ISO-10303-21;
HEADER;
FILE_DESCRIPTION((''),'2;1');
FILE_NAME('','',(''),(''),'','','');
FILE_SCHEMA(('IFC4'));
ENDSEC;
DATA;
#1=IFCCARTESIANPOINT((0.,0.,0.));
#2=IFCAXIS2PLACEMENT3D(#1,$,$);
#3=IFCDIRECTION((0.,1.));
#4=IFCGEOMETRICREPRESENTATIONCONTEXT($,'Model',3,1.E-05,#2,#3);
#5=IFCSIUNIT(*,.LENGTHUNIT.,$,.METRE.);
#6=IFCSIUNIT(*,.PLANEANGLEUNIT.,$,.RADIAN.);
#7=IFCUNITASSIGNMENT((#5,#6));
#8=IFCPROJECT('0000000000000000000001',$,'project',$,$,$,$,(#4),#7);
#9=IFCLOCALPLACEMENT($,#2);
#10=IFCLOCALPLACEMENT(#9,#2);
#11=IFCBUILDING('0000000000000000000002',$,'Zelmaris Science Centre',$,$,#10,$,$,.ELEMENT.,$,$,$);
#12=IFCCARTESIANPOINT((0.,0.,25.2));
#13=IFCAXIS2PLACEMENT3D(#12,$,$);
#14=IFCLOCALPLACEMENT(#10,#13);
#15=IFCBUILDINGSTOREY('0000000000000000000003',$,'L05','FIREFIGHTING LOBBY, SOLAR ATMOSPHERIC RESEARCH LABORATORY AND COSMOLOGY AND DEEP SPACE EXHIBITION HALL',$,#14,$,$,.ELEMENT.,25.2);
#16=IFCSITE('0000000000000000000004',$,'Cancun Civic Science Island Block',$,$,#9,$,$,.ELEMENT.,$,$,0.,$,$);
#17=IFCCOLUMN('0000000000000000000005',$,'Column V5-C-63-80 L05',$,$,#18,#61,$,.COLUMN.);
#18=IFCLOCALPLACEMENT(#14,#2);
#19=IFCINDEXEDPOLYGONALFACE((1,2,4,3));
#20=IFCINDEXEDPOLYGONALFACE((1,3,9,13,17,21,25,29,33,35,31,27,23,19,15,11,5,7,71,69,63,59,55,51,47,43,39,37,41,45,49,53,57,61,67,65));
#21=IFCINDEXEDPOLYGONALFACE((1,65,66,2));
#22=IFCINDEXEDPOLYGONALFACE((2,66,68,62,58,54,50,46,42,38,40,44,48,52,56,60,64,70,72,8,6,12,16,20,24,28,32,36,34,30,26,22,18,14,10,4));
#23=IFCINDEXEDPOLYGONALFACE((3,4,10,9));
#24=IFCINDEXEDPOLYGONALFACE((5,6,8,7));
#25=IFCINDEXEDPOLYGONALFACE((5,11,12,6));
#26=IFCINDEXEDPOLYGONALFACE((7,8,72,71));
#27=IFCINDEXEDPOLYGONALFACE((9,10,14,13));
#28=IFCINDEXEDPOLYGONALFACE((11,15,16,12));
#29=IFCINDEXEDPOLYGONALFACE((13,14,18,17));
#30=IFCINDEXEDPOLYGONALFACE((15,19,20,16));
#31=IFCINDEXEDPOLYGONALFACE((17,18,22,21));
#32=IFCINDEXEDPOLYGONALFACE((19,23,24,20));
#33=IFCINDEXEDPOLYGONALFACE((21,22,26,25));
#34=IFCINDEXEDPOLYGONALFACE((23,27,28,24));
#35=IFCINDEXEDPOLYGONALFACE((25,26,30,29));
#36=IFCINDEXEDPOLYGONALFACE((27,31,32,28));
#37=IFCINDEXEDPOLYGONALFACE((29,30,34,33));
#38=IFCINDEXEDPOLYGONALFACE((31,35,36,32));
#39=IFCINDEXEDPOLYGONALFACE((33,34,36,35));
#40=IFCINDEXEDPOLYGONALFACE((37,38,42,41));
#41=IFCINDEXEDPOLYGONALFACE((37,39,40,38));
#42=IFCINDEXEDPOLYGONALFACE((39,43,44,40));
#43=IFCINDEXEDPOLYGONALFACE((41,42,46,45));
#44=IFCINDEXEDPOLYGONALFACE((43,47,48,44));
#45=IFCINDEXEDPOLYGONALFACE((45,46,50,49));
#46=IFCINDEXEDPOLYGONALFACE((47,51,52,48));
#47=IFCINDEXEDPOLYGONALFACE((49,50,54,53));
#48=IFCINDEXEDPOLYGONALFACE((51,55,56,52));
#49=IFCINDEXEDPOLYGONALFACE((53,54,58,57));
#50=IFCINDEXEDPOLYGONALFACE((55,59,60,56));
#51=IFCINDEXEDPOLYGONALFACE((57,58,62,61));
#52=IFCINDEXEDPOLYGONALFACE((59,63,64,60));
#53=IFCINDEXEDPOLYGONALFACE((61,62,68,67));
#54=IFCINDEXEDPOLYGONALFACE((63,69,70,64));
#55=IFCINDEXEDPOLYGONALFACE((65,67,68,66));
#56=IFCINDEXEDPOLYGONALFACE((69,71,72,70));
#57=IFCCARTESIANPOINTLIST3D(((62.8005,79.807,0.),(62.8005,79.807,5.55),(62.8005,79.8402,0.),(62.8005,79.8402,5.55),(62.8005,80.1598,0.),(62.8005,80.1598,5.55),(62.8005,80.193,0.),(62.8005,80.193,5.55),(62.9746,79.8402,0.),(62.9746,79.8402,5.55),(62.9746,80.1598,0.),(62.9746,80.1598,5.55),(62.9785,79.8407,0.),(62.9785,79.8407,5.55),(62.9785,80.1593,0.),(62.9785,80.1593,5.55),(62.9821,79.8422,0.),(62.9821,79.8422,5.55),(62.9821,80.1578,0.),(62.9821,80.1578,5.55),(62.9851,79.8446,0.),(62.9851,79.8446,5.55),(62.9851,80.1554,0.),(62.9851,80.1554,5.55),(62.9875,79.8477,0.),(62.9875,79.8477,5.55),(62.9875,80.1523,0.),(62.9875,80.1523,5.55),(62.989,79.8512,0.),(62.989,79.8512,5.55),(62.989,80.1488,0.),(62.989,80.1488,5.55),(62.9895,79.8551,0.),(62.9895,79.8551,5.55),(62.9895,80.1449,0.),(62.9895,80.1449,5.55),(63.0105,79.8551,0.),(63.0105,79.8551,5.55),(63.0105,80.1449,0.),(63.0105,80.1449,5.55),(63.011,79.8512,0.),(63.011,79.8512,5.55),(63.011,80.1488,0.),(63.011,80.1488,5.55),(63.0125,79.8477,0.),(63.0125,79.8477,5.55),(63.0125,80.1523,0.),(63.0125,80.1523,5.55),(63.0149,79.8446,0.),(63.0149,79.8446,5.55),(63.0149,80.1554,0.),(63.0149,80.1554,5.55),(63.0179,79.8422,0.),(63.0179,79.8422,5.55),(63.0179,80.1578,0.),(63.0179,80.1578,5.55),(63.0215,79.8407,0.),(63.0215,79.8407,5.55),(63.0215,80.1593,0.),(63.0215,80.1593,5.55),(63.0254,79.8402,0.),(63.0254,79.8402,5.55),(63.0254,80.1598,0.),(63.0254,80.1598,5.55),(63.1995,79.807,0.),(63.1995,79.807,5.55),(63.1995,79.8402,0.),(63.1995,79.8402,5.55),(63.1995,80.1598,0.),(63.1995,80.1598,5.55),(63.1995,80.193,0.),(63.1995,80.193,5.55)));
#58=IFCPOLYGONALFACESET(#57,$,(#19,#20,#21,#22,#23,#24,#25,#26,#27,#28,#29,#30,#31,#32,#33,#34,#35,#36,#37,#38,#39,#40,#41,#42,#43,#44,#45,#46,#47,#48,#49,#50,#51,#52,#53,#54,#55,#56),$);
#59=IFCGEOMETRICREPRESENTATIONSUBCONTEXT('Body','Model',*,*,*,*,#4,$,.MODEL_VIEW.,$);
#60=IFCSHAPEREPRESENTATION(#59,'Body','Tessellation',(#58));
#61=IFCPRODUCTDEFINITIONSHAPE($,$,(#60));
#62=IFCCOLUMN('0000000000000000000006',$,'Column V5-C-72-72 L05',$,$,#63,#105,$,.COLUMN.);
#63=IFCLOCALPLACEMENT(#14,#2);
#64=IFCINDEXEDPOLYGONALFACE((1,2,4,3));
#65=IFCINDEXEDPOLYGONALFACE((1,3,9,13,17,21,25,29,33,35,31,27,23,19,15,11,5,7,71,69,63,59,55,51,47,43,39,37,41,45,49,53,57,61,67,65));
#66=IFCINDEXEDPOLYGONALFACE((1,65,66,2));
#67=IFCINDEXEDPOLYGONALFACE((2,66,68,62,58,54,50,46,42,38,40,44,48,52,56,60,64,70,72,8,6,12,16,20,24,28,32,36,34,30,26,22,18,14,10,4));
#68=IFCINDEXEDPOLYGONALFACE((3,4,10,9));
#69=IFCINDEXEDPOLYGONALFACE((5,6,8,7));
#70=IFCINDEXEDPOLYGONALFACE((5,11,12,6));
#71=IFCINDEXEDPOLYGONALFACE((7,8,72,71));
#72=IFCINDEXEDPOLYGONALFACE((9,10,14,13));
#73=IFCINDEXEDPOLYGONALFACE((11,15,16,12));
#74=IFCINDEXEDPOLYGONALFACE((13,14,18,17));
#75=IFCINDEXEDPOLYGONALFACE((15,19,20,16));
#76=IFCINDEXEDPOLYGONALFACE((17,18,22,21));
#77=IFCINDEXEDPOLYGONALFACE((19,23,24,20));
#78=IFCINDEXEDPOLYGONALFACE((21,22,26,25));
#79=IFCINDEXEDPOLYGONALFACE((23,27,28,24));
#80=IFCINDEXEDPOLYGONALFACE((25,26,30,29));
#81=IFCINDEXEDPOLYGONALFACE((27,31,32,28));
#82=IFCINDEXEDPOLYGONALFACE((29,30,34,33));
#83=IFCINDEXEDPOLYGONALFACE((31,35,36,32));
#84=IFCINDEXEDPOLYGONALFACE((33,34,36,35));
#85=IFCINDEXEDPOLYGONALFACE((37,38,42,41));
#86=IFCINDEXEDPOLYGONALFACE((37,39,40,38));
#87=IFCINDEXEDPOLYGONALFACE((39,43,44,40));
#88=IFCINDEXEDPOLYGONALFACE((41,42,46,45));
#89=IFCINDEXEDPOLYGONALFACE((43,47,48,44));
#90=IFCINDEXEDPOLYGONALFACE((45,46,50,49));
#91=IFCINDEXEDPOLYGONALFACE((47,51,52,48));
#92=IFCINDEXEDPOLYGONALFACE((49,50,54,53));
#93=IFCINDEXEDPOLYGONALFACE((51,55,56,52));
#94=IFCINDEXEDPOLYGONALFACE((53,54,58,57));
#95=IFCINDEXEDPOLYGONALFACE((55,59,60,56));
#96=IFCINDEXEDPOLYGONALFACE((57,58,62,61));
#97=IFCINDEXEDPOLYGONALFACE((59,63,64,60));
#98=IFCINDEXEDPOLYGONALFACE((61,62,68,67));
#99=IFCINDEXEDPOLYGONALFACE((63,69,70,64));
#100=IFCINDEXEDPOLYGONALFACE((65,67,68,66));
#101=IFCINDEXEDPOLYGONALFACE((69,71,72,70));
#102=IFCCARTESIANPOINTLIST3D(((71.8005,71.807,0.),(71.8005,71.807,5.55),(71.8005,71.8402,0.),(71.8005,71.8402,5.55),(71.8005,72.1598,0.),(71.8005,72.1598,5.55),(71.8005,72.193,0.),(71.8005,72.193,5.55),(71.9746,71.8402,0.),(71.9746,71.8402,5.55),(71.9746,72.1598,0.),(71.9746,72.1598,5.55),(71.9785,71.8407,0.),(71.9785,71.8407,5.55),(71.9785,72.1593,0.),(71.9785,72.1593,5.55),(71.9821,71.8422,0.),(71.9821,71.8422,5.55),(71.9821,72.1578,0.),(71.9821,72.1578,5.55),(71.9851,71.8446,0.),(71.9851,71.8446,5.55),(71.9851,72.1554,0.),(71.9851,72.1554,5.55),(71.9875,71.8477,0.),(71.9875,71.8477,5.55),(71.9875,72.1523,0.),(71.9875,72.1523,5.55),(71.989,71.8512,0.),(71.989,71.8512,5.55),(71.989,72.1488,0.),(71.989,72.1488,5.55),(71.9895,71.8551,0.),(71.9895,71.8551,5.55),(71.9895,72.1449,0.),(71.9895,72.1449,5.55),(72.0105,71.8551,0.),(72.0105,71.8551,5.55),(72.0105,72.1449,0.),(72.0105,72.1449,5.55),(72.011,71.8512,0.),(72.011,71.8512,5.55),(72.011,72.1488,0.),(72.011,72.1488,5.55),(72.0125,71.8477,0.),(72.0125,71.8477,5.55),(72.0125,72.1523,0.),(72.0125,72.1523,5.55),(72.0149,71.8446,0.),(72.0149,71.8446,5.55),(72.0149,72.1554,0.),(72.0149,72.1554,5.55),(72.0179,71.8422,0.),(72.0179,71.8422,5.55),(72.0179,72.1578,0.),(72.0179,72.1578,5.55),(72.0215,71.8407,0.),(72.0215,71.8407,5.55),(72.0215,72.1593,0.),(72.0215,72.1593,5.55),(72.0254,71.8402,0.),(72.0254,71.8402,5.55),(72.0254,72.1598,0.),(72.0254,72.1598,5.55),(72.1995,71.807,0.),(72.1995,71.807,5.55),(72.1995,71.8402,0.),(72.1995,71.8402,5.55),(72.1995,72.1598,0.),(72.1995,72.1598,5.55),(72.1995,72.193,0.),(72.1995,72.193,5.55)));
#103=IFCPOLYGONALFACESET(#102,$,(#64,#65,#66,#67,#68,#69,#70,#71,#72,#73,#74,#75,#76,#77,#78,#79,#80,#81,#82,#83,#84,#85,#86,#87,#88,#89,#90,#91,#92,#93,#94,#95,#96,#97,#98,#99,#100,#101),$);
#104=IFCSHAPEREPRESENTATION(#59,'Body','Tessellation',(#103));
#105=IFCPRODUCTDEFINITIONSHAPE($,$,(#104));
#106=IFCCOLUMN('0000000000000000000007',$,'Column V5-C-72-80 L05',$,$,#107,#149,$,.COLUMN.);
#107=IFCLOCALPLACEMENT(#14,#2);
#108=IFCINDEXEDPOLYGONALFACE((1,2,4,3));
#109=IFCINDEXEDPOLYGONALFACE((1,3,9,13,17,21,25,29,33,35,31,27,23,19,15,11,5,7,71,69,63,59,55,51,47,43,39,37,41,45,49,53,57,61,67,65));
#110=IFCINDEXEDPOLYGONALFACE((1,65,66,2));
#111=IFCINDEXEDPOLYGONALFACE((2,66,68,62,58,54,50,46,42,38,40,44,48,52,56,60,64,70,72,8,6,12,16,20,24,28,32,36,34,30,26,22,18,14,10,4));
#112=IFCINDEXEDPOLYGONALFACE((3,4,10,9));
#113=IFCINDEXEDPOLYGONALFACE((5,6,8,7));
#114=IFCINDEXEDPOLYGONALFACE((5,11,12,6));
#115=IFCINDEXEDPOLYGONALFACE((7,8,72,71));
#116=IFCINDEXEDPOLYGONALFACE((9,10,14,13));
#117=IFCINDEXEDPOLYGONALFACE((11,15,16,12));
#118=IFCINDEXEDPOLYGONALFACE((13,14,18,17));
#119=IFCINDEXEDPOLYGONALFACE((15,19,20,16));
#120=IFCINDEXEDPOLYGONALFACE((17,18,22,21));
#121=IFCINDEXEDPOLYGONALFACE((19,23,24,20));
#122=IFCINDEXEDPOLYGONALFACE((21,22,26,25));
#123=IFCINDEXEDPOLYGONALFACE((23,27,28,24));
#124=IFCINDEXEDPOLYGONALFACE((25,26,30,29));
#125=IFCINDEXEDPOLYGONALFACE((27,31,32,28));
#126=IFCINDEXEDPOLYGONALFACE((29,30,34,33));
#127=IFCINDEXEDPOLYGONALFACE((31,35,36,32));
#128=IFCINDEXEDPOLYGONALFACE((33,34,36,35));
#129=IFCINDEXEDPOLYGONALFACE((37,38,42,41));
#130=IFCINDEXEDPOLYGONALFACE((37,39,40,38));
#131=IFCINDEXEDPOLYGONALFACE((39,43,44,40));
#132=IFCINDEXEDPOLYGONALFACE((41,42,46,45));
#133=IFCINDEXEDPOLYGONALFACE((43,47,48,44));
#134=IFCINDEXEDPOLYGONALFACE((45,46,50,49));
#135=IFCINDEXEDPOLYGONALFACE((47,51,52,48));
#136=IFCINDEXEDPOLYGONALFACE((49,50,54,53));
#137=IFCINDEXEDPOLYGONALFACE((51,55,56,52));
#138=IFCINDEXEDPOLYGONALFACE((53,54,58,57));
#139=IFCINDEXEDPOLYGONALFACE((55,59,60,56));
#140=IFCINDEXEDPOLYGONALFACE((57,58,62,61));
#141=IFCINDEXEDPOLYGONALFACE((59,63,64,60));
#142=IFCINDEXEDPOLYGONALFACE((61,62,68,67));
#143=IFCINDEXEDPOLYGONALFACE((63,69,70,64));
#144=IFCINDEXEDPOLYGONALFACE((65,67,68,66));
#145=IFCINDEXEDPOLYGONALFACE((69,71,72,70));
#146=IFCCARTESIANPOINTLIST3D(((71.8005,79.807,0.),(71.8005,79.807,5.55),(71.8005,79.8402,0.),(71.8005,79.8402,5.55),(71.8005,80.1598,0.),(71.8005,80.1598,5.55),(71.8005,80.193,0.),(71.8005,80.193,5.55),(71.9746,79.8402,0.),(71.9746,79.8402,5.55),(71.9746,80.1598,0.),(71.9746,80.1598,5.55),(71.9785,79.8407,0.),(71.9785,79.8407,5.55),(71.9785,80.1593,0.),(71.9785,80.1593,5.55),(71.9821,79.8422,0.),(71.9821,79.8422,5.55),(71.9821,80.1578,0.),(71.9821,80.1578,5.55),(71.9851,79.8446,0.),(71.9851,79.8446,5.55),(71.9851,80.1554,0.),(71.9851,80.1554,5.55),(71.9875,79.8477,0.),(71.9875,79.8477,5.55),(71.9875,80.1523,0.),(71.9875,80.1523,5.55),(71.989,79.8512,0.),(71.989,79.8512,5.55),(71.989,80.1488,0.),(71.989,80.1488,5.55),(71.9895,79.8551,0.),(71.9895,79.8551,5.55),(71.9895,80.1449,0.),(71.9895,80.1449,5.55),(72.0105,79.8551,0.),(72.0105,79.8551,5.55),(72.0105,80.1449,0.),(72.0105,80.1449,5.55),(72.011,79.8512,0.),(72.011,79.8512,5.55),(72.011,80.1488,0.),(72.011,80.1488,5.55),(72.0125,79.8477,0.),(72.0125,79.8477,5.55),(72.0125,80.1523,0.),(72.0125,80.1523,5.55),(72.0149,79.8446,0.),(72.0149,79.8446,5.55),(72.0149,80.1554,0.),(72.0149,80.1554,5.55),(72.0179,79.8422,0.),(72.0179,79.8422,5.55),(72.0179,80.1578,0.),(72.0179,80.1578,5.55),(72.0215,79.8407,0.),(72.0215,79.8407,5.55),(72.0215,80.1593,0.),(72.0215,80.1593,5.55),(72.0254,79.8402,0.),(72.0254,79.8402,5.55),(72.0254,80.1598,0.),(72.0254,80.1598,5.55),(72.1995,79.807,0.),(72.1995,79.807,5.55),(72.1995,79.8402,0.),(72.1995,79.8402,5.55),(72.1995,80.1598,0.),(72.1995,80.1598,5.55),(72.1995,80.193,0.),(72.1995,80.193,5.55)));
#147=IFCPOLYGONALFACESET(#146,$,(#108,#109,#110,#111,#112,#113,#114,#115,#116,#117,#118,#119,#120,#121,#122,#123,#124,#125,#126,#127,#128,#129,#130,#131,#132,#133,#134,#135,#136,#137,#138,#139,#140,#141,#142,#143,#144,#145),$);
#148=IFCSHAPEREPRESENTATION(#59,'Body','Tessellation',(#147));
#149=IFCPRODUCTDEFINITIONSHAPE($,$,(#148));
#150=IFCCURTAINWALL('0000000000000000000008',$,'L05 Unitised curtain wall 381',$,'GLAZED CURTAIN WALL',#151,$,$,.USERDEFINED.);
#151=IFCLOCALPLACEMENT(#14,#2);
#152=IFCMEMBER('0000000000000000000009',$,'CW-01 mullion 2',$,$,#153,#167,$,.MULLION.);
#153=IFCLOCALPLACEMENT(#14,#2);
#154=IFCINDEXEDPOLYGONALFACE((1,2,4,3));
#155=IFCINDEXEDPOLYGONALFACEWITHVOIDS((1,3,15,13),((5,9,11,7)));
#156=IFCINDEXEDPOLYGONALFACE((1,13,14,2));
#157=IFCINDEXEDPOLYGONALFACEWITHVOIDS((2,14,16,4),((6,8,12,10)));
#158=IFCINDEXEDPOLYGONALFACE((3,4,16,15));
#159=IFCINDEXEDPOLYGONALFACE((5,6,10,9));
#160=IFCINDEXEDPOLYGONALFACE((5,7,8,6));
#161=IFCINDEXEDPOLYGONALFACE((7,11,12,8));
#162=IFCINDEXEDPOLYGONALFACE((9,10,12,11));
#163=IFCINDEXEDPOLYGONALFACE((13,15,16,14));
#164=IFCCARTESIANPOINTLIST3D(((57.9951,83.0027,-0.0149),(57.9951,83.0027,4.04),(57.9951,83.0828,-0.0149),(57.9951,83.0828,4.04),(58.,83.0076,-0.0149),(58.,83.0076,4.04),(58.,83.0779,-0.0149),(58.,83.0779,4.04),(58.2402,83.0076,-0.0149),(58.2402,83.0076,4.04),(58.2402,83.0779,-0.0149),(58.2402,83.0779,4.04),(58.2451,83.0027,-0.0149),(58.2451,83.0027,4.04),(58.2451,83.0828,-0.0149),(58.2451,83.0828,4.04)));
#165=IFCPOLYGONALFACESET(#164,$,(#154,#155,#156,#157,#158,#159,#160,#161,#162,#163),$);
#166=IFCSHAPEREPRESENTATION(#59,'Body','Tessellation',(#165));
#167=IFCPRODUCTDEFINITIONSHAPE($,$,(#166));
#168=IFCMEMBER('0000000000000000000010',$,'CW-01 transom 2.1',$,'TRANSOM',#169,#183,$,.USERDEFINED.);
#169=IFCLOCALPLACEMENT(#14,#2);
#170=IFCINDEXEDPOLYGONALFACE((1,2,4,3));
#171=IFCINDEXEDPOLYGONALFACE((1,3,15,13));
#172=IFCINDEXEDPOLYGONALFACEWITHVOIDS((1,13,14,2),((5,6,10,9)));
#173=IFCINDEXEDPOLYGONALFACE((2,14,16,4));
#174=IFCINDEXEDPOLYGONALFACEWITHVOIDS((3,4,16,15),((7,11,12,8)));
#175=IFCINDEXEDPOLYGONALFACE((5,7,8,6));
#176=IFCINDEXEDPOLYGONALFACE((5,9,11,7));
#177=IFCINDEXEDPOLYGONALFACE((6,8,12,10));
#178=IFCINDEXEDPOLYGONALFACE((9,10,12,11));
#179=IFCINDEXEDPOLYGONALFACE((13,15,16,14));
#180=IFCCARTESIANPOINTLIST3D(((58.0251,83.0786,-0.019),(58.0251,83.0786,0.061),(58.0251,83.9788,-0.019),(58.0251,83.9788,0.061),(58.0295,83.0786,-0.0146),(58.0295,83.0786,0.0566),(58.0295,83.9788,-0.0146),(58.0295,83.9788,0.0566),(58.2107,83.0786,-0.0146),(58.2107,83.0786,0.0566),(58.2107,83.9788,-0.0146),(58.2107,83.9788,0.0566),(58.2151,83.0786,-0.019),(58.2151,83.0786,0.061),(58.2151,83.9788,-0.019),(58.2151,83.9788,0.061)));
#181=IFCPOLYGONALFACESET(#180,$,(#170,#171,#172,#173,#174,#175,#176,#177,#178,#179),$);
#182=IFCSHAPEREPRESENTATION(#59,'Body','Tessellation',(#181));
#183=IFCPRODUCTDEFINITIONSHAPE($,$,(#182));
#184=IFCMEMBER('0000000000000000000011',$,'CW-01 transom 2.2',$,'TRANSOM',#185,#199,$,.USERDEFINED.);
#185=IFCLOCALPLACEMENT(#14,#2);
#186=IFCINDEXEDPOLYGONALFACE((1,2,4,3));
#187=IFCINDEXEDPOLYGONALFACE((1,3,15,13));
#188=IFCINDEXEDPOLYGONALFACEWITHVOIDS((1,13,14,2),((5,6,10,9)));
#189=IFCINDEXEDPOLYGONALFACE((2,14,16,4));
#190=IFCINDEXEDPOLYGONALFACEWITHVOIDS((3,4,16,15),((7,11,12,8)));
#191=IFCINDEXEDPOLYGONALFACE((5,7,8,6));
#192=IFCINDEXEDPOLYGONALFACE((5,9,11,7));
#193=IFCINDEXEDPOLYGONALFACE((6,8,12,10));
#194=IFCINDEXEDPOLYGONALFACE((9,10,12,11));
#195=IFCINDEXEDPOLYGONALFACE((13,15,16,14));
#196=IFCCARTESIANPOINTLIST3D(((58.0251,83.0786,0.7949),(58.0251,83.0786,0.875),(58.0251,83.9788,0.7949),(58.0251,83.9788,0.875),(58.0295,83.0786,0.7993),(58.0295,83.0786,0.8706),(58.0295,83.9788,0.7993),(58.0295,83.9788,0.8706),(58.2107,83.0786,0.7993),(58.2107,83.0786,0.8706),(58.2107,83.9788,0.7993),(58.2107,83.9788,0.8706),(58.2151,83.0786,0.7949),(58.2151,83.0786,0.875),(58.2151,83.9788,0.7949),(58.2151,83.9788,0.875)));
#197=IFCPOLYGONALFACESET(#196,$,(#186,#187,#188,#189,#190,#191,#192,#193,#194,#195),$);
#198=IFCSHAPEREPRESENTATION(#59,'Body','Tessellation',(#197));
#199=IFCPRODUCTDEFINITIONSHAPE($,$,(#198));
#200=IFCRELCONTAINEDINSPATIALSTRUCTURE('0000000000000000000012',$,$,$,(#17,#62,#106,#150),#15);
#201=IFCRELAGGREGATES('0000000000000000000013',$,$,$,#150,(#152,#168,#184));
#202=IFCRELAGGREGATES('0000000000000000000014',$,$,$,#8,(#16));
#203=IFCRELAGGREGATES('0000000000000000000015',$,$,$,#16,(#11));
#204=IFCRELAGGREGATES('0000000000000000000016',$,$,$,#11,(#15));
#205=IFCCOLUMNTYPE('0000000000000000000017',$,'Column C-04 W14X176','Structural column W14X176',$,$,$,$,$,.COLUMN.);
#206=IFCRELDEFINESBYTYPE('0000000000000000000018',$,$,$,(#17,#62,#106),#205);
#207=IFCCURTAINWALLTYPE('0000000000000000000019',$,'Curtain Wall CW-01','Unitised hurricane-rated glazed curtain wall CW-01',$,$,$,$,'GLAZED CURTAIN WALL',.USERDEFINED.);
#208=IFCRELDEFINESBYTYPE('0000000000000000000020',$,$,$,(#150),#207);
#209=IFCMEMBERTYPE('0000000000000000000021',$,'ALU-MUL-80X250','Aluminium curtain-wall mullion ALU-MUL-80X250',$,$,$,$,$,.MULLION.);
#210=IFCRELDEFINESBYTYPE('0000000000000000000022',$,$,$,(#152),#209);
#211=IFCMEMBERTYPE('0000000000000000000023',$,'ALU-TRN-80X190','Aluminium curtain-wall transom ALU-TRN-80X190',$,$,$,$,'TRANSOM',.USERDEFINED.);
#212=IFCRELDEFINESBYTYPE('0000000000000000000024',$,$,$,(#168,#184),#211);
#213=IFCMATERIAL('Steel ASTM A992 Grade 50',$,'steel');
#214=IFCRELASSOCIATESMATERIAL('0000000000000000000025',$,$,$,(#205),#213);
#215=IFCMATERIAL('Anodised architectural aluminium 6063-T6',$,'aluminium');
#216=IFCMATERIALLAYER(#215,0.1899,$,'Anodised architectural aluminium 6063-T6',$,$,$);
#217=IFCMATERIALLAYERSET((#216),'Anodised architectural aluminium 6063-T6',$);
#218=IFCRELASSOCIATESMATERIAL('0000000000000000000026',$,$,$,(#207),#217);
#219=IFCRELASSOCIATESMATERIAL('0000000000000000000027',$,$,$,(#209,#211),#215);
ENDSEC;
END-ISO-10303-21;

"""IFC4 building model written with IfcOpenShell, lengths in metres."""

from ifc_helpers import new_model, si_unit, direction, frame, origin, origin_2d, place, context, subcontext, project, spatial, hollow_rectangle, i_section, extrude, material, layer, layer_set, material_profile, profile_set, type_object, element, aggregate, save


model = new_model("IFC4")

# Units and contexts
model_context = context("Model", 3, precision=1e-05, world=origin(), true_north=direction((0.0, 1.0)))
body_context = subcontext(model_context, "Body", "Model", "MODEL_VIEW")
ifc_project = project(units=[si_unit("LENGTHUNIT", "METRE"), si_unit("PLANEANGLEUNIT", "RADIAN")], contexts=[model_context])

# Site, building, storey
site_placement = place(None, origin())
site = spatial("IfcSite", under=ifc_project, at=site_placement, Name="Cancun Civic Science Island Block", CompositionType="ELEMENT", RefElevation=0.0)
building_placement = place(site_placement, origin())
building = spatial("IfcBuilding", under=site, at=building_placement, Name="Zelmaris Science Centre", CompositionType="ELEMENT")
storey_placement = place(building_placement, frame((0.0, 0.0, 25.2)))
storey = spatial("IfcBuildingStorey", under=building, at=storey_placement, Name="L05", Description="FIREFIGHTING LOBBY, SOLAR ATMOSPHERIC RESEARCH LABORATORY AND COSMOLOGY AND DEEP SPACE EXHIBITION HALL", CompositionType="ELEMENT", Elevation=25.2)

# Columns
ifc_material_1 = material(Name="Steel ASTM A992 Grade 50", Category="steel")
ifc_material_profile_1 = material_profile(ifc_material_1, i_section(OverallWidth=0.3989, OverallDepth=0.386, WebThickness=0.021, FlangeThickness=0.0332, FilletRadius=0.0149, at=origin_2d()), Name="W14X176")
ifc_profile_set_1 = profile_set([ifc_material_profile_1], Name="Steel ASTM A992 Grade 50")
column_type = type_object("IfcColumnType", Name="Column C-04 W14X176", Description="Structural column W14X176", PredefinedType="COLUMN", material=ifc_profile_set_1)
for number, where, z_axis, x_axis, name in (
    (1, (63.0, 80.0, 0.0), (0.0, 0.0, 1.0), (1.0, 0.0, 0.0), "Column V5-C-63-80 L05"),
    (2, (72.0, 72.0, 0.0), (0.0, 0.0, 1.0), (1.0, 0.0, 0.0), "Column V5-C-72-72 L05"),
    (3, (72.0, 80.0, 0.0), (0.0, 0.0, 1.0), (1.0, 0.0, 0.0), "Column V5-C-72-80 L05"),
):
    element("IfcColumn", number, at=place(storey_placement, frame(where, z_axis=z_axis, x_axis=x_axis)), inside=storey, type_object=column_type, Name=name, PredefinedType="COLUMN", context=body_context, shape_type="SweptSolid", body=[
        extrude(i_section(OverallWidth=0.3989, OverallDepth=0.386, WebThickness=0.021, FlangeThickness=0.0332, FilletRadius=0.0149, at=origin_2d()), origin(), (0.0, 0.0, 1.0), 5.55),
    ])

# Curtain wall, members
ifc_material_2 = material(Name="Anodised architectural aluminium 6063-T6", Category="aluminium")
ifc_layer_1 = layer(ifc_material_2, 0.1899, Name="Anodised architectural aluminium 6063-T6")
ifc_layer_set_1 = layer_set([ifc_layer_1], Name="Anodised architectural aluminium 6063-T6")
curtain_wall_type = type_object("IfcCurtainWallType", Name="Curtain Wall CW-01", Description="Unitised hurricane-rated glazed curtain wall CW-01", ElementType="GLAZED CURTAIN WALL", PredefinedType="USERDEFINED", material=ifc_layer_set_1)
curtain_wall_placement = place(storey_placement, origin())
curtain_wall = element("IfcCurtainWall", 4, at=curtain_wall_placement, inside=storey, type_object=curtain_wall_type, Name="L05 Unitised curtain wall 381", ObjectType="GLAZED CURTAIN WALL", PredefinedType="USERDEFINED")
ifc_material_profile_2 = material_profile(ifc_material_2, hollow_rectangle(XDim=0.0801, YDim=0.25, WallThickness=0.0049, at=origin_2d()), Name="ALU-MUL-80X250")
ifc_profile_set_2 = profile_set([ifc_material_profile_2], Name="Anodised architectural aluminium 6063-T6")
member_type_1 = type_object("IfcMemberType", Name="ALU-MUL-80X250", Description="Aluminium curtain-wall mullion ALU-MUL-80X250", PredefinedType="MULLION", material=ifc_profile_set_2)
member_1_placement = place(storey_placement, frame((58.1201, 83.0427, -0.0149), z_axis=(0.0, 0.0, 1.0), x_axis=(-0.000003, 1.0, 0.0)))
member_1 = element("IfcMember", 5, at=member_1_placement, type_object=member_type_1, Name="CW-01 mullion 2", PredefinedType="MULLION", context=body_context, shape_type="SweptSolid", body=[
    extrude(hollow_rectangle(XDim=0.0801, YDim=0.25, WallThickness=0.0049, at=origin_2d()), origin(), (0.0, 0.0, 1.0), 4.0549),
])
ifc_material_profile_3 = material_profile(ifc_material_2, hollow_rectangle(XDim=0.0801, YDim=0.1899, WallThickness=0.0044, at=origin_2d()), Name="ALU-TRN-80X190")
ifc_profile_set_3 = profile_set([ifc_material_profile_3], Name="Anodised architectural aluminium 6063-T6")
member_type_2 = type_object("IfcMemberType", Name="ALU-TRN-80X190", Description="Aluminium curtain-wall transom ALU-TRN-80X190", ElementType="TRANSOM", PredefinedType="USERDEFINED", material=ifc_profile_set_3)
member_2_placement = place(storey_placement, frame((58.1201, 83.0786, 0.021), z_axis=(0.0, 1.0, 0.0), x_axis=(0.0, 0.0, 1.0)))
member_2 = element("IfcMember", 6, at=member_2_placement, type_object=member_type_2, Name="CW-01 transom 2.1", ObjectType="TRANSOM", PredefinedType="USERDEFINED", context=body_context, shape_type="SweptSolid", body=[
    extrude(hollow_rectangle(XDim=0.0801, YDim=0.1899, WallThickness=0.0044, at=origin_2d()), origin(), (0.0, 0.0, 1.0), 0.9001),
])
member_3_placement = place(storey_placement, frame((58.1201, 83.0786, 0.835), z_axis=(0.0, 1.0, 0.0), x_axis=(0.0, 0.0, 1.0)))
member_3 = element("IfcMember", 7, at=member_3_placement, type_object=member_type_2, Name="CW-01 transom 2.2", ObjectType="TRANSOM", PredefinedType="USERDEFINED", context=body_context, shape_type="SweptSolid", body=[
    extrude(hollow_rectangle(XDim=0.0801, YDim=0.1899, WallThickness=0.0044, at=origin_2d()), origin(), (0.0, 0.0, 1.0), 0.9001),
])

aggregate(curtain_wall, [member_1, member_2, member_3])

save(model, "model.ifc")
